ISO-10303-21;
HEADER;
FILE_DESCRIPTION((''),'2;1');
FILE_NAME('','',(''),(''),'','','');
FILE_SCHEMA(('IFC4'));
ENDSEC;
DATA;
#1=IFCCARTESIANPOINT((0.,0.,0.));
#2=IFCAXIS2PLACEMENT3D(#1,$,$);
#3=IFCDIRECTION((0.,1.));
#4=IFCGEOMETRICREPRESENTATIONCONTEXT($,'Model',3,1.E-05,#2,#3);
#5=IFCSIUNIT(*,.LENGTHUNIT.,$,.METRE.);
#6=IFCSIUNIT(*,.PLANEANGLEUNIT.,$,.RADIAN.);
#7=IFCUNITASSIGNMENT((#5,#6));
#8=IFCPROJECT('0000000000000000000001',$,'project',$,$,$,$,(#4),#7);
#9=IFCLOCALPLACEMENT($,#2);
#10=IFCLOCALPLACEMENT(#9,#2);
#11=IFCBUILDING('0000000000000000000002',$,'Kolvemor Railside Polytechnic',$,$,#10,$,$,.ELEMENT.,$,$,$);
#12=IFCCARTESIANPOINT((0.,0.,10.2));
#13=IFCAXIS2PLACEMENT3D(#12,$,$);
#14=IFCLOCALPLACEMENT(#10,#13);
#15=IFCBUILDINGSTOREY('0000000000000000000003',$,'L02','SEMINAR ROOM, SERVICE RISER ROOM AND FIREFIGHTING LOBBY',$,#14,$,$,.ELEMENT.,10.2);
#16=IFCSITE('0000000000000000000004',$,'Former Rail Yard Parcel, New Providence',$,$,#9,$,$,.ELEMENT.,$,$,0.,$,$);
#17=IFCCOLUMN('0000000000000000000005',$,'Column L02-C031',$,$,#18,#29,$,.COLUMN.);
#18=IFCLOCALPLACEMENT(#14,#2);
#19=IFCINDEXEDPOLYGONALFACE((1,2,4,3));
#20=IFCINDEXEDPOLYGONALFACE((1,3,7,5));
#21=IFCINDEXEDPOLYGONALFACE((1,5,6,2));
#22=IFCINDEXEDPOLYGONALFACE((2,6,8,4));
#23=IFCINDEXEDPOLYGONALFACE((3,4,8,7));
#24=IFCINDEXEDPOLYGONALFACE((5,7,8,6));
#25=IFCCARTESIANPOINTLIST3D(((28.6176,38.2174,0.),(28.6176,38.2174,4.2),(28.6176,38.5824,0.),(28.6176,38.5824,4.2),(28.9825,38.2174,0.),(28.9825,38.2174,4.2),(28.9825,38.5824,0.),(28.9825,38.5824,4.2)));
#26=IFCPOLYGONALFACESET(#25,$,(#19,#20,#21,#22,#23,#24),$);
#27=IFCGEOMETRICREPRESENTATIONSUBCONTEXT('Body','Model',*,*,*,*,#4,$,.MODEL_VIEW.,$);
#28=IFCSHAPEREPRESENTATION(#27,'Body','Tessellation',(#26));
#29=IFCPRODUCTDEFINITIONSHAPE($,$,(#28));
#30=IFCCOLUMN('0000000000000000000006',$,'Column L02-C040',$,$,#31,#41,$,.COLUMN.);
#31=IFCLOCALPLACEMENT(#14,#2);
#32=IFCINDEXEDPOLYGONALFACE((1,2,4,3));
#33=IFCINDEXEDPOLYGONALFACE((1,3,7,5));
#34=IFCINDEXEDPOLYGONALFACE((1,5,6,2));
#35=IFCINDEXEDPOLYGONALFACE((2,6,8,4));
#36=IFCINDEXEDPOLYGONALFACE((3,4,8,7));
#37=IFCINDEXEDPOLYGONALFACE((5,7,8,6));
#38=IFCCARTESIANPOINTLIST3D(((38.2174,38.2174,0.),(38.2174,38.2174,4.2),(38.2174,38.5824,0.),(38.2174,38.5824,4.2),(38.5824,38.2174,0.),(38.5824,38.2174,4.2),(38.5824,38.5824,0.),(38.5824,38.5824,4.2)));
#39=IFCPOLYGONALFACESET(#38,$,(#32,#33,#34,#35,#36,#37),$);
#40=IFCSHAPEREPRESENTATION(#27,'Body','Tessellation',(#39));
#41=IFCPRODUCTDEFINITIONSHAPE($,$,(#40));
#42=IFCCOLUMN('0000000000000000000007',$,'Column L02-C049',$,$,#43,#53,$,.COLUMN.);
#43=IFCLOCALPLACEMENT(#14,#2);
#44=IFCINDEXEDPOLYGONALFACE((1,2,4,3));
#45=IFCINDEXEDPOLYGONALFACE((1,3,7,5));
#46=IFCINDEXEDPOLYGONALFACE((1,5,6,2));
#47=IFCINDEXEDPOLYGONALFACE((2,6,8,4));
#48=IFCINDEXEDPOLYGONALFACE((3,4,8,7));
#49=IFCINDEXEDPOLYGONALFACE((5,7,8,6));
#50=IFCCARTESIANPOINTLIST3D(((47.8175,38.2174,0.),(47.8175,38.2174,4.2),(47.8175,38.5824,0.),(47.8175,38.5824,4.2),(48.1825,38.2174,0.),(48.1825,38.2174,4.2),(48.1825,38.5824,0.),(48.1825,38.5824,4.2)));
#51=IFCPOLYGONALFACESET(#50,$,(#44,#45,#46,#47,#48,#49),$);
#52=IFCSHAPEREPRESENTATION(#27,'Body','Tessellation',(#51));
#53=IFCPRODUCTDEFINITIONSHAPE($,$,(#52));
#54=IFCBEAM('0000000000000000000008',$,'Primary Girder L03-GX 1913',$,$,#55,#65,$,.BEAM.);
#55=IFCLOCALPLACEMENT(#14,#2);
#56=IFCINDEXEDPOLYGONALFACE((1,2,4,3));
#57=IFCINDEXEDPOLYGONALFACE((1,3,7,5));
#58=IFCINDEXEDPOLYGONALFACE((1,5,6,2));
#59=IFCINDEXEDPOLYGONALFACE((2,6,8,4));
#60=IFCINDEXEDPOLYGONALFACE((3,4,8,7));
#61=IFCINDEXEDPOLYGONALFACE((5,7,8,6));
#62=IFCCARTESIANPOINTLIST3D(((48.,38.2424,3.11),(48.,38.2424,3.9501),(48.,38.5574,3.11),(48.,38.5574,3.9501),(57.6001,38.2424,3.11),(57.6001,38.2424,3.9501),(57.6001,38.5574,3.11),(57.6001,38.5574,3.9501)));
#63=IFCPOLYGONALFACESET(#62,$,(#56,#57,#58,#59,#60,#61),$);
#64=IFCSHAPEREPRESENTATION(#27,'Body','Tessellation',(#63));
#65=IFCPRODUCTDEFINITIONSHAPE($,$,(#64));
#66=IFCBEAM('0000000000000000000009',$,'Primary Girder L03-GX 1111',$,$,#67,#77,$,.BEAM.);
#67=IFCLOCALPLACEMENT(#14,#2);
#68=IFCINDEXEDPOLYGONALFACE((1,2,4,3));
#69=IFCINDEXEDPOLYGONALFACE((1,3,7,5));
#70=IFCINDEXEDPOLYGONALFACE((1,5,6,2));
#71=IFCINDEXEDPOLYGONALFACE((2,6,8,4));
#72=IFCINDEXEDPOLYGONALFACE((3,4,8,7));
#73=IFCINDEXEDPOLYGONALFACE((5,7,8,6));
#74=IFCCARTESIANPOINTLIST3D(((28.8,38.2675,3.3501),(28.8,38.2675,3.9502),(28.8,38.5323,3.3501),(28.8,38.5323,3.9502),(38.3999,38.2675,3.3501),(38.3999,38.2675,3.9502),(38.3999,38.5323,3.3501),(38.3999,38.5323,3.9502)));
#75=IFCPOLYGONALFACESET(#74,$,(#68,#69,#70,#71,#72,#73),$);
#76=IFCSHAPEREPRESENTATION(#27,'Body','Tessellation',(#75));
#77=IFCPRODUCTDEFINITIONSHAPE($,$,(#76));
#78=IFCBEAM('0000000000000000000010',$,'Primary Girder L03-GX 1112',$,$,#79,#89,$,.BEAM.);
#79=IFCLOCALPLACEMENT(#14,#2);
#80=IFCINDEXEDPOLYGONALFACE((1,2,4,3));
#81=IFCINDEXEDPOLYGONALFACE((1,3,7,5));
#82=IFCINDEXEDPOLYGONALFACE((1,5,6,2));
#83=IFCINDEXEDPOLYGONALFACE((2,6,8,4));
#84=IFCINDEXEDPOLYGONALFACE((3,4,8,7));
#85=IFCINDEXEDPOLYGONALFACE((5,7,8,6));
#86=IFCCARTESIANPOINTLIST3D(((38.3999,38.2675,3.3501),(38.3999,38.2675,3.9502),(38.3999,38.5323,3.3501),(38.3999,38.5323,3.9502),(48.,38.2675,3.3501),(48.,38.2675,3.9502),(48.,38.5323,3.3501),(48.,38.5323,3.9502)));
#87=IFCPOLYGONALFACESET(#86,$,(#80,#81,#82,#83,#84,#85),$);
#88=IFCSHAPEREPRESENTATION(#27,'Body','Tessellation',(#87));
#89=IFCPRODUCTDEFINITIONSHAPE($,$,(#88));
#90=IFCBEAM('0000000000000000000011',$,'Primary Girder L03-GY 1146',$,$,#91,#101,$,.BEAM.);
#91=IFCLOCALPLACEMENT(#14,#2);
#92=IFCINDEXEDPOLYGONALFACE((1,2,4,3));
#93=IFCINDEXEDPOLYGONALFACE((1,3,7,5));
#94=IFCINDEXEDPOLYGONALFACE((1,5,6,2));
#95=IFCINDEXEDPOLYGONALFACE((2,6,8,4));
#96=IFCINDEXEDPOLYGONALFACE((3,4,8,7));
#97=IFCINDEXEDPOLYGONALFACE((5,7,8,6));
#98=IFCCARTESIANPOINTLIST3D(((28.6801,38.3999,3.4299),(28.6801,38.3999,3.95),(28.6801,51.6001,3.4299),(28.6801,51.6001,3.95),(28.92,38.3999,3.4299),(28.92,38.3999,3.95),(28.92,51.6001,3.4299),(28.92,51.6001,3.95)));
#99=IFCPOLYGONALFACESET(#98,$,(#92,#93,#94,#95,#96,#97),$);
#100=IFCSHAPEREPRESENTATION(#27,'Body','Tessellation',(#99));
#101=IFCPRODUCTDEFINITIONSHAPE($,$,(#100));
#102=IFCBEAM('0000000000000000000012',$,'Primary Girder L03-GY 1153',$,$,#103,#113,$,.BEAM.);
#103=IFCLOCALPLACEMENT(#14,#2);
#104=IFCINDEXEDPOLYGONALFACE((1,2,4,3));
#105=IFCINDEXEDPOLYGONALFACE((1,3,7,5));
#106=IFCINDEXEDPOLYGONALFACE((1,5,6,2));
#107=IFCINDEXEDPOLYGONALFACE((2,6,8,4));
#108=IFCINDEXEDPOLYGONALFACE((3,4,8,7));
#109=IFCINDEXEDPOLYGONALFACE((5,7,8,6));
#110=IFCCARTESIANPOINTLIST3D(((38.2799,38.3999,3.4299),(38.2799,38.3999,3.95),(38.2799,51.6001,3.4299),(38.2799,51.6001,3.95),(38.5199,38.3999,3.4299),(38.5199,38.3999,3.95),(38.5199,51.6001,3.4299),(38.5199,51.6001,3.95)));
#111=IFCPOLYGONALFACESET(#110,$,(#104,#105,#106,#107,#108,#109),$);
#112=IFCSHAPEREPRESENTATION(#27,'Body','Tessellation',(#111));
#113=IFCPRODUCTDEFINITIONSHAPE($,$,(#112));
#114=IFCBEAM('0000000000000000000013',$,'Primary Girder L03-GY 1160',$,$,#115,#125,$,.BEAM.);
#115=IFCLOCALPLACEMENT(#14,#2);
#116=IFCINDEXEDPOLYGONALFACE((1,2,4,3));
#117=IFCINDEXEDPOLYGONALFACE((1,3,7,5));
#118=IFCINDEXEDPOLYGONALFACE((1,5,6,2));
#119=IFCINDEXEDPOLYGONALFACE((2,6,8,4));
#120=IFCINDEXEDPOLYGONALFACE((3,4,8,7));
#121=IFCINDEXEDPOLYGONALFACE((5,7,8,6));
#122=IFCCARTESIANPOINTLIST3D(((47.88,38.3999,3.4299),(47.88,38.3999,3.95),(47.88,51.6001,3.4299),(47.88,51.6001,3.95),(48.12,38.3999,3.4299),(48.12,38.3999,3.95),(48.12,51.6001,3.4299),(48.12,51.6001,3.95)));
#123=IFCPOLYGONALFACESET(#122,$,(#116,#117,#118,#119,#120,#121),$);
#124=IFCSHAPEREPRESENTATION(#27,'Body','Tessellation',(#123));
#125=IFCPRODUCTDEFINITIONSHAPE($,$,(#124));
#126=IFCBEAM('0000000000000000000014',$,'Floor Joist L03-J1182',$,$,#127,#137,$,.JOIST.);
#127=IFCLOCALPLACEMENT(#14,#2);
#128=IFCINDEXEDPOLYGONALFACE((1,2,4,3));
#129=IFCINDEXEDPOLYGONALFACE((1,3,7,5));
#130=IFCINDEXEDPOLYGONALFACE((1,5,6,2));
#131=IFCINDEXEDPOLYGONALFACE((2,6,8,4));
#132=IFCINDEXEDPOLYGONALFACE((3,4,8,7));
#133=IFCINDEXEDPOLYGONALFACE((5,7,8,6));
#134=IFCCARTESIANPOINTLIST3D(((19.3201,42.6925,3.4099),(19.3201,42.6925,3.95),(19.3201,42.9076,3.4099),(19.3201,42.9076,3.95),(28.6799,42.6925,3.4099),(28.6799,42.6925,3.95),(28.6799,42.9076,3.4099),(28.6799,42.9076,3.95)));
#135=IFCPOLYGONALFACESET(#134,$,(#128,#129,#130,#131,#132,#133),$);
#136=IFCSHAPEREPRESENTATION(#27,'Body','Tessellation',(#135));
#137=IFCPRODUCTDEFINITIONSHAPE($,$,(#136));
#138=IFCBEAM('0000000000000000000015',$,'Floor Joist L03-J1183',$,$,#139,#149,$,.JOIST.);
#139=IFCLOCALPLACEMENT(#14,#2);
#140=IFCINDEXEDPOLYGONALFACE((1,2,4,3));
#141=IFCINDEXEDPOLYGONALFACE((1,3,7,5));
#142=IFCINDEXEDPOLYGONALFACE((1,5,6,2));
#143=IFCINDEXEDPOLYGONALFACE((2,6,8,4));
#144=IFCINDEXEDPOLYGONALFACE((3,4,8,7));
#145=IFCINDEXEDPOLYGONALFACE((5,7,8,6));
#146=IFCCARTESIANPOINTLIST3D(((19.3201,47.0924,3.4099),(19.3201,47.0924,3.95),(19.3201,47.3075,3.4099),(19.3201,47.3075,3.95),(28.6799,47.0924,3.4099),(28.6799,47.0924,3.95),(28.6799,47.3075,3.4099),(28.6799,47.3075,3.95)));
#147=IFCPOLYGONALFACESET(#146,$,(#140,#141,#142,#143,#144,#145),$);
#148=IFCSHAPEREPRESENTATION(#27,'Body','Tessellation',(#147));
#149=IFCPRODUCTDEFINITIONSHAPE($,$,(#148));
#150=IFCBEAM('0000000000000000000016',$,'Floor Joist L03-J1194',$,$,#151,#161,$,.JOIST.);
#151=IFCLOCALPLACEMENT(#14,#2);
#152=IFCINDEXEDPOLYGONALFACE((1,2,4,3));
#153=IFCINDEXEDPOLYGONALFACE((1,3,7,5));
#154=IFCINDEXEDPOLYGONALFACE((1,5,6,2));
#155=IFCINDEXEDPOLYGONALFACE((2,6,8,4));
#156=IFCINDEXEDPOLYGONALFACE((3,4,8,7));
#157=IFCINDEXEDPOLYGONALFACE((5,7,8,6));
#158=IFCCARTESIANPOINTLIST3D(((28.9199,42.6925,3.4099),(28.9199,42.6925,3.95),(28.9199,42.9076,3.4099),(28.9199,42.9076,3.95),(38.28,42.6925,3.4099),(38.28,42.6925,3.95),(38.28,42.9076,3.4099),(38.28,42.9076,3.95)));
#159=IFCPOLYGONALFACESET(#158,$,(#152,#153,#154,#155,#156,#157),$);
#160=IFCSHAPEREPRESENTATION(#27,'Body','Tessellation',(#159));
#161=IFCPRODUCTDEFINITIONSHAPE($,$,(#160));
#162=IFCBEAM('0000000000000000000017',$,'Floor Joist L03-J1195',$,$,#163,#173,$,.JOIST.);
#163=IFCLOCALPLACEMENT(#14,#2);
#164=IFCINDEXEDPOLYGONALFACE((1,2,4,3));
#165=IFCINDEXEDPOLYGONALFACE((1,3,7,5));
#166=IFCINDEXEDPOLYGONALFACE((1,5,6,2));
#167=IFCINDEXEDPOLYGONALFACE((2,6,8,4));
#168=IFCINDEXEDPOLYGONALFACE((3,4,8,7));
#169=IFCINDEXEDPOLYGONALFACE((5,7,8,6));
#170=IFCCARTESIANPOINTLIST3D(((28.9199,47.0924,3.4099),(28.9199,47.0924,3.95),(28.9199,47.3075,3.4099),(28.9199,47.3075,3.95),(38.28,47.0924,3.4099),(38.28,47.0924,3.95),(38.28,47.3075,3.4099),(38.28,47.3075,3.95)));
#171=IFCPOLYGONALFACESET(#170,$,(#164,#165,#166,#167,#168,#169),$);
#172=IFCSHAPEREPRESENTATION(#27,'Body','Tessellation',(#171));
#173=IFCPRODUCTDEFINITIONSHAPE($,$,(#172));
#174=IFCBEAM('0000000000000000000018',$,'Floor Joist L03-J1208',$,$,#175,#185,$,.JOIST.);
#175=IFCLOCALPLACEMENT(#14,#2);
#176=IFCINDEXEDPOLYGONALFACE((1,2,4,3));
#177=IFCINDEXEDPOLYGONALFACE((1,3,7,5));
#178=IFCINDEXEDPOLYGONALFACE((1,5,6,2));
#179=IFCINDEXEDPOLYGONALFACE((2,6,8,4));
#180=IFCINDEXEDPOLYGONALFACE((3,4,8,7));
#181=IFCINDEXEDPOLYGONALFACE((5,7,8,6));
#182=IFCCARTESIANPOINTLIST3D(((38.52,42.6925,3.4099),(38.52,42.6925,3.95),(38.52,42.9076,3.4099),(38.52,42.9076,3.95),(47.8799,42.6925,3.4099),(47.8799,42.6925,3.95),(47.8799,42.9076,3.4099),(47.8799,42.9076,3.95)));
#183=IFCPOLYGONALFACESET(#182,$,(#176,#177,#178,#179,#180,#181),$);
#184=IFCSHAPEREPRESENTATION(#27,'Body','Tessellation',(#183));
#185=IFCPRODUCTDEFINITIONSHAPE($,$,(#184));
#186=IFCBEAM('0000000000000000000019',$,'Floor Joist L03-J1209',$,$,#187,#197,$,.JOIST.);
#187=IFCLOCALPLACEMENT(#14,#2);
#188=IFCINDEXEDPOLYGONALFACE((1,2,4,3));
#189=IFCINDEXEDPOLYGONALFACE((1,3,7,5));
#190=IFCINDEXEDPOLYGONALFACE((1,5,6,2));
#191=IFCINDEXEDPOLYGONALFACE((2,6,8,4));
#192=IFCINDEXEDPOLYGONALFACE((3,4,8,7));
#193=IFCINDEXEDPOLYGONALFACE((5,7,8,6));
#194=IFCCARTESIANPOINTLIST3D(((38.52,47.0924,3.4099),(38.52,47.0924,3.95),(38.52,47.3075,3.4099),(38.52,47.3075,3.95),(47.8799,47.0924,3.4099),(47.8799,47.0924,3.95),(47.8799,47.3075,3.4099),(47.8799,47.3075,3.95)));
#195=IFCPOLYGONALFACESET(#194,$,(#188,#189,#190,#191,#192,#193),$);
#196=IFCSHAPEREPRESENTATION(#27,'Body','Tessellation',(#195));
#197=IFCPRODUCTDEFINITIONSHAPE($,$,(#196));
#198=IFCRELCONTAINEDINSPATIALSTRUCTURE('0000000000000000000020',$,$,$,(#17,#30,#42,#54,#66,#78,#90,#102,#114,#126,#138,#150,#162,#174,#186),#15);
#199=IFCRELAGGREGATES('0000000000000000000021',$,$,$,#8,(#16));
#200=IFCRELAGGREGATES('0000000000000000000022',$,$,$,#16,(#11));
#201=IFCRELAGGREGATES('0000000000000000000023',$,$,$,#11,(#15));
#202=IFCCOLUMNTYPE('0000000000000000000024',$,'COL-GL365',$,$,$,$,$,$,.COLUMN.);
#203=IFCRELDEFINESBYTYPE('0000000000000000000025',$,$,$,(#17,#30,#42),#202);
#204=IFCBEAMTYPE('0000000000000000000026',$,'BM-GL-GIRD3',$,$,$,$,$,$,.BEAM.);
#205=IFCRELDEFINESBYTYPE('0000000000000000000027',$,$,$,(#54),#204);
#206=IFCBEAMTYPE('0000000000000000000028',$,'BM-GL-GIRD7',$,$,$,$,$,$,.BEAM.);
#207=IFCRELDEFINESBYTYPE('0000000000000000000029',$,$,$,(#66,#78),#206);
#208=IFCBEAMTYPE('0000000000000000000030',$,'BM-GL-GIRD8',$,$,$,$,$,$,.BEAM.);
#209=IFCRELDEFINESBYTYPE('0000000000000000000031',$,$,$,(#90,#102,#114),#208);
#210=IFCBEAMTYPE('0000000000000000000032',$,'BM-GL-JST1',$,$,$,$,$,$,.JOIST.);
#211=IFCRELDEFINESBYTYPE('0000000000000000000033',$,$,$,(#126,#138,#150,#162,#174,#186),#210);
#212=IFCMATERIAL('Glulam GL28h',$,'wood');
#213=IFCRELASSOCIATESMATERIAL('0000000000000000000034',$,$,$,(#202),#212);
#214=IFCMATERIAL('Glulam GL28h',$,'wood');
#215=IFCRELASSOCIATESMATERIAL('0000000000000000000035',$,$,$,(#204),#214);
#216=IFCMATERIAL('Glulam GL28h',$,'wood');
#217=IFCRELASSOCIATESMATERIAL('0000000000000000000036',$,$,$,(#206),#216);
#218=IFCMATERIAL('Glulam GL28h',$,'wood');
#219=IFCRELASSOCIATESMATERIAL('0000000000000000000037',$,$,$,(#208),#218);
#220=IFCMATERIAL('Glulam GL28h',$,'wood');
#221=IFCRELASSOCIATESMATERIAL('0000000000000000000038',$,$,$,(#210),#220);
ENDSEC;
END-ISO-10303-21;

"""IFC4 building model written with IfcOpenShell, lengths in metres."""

from ifc_helpers import new_model, si_unit, direction, frame, origin, origin_2d, place, context, subcontext, project, spatial, rectangle, extrude, material, material_profile, profile_set, type_object, element, save


model = new_model("IFC4")

# Units and contexts
model_context = context("Model", 3, precision=1e-05, world=origin(), true_north=direction((0.0, 1.0)))
body_context = subcontext(model_context, "Body", "Model", "MODEL_VIEW")
ifc_project = project(units=[si_unit("LENGTHUNIT", "METRE"), si_unit("PLANEANGLEUNIT", "RADIAN")], contexts=[model_context])

# Site, building, storey
site_placement = place(None, origin())
site = spatial("IfcSite", under=ifc_project, at=site_placement, Name="Former Rail Yard Parcel, New Providence", CompositionType="ELEMENT", RefElevation=0.0)
building_placement = place(site_placement, origin())
building = spatial("IfcBuilding", under=site, at=building_placement, Name="Kolvemor Railside Polytechnic", CompositionType="ELEMENT")
storey_placement = place(building_placement, frame((0.0, 0.0, 10.2)))
storey = spatial("IfcBuildingStorey", under=building, at=storey_placement, Name="L02", Description="SEMINAR ROOM, SERVICE RISER ROOM AND FIREFIGHTING LOBBY", CompositionType="ELEMENT", Elevation=10.2)

# Columns
ifc_material_1 = material(Name="Glulam GL28h", Category="wood")
ifc_material_profile_1 = material_profile(ifc_material_1, rectangle(XDim=0.365, YDim=0.365, at=origin_2d()), Name="GL365x365")
ifc_profile_set_1 = profile_set([ifc_material_profile_1], Name="Glulam GL28h")
column_type = type_object("IfcColumnType", Name="COL-GL365", PredefinedType="COLUMN", material=ifc_profile_set_1)
for number, where, z_axis, x_axis, name in (
    (1, (28.8, 38.3999, 0.0), (0.0, 0.0, 1.0), (1.0, 0.0, 0.0), "Column L02-C031"),
    (2, (38.3999, 38.3999, 0.0), (0.0, 0.0, 1.0), (1.0, 0.0, 0.0), "Column L02-C040"),
    (3, (48.0, 38.3999, 0.0), (0.0, 0.0, 1.0), (1.0, 0.0, 0.0), "Column L02-C049"),
):
    element("IfcColumn", number, at=place(storey_placement, frame(where, z_axis=z_axis, x_axis=x_axis)), inside=storey, type_object=column_type, Name=name, PredefinedType="COLUMN", context=body_context, shape_type="SweptSolid", body=[
        extrude(rectangle(XDim=0.365, YDim=0.365, at=origin_2d()), origin(), (0.0, 0.0, 1.0), 4.2),
    ])

# Beams
ifc_material_2 = material(Name="Glulam GL28h", Category="wood")
ifc_material_profile_2 = material_profile(ifc_material_2, rectangle(XDim=0.3149, YDim=0.8401, at=origin_2d()), Name="GL315x840")
ifc_profile_set_2 = profile_set([ifc_material_profile_2], Name="Glulam GL28h")
beam_type_1 = type_object("IfcBeamType", Name="BM-GL-GIRD3", PredefinedType="BEAM", material=ifc_profile_set_2)
beam_1_placement = place(storey_placement, frame((48.0, 38.3999, 3.53), z_axis=(1.0, 0.0, 0.0), x_axis=(0.0, 1.0, 0.0)))
element("IfcBeam", 4, at=beam_1_placement, inside=storey, type_object=beam_type_1, Name="Primary Girder L03-GX 1913", PredefinedType="BEAM", context=body_context, shape_type="SweptSolid", body=[
    extrude(rectangle(XDim=0.3149, YDim=0.8401, at=origin_2d()), origin(), (0.0, 0.0, 1.0), 9.6001),
])
ifc_material_3 = material(Name="Glulam GL28h", Category="wood")
ifc_material_profile_3 = material_profile(ifc_material_3, rectangle(XDim=0.2649, YDim=0.6001, at=origin_2d()), Name="GL265x600")
ifc_profile_set_3 = profile_set([ifc_material_profile_3], Name="Glulam GL28h")
beam_type_2 = type_object("IfcBeamType", Name="BM-GL-GIRD7", PredefinedType="BEAM", material=ifc_profile_set_3)
beam_2_placement = place(storey_placement, frame((28.8, 38.3999, 3.6501), z_axis=(1.0, 0.0, 0.0), x_axis=(0.0, 1.0, 0.0)))
element("IfcBeam", 5, at=beam_2_placement, inside=storey, type_object=beam_type_2, Name="Primary Girder L03-GX 1111", PredefinedType="BEAM", context=body_context, shape_type="SweptSolid", body=[
    extrude(rectangle(XDim=0.2649, YDim=0.6001, at=origin_2d()), origin(), (0.0, 0.0, 1.0), 9.5999),
])
beam_3_placement = place(storey_placement, frame((38.3999, 38.3999, 3.6501), z_axis=(1.0, 0.0, 0.0), x_axis=(0.0, 1.0, 0.0)))
element("IfcBeam", 6, at=beam_3_placement, inside=storey, type_object=beam_type_2, Name="Primary Girder L03-GX 1112", PredefinedType="BEAM", context=body_context, shape_type="SweptSolid", body=[
    extrude(rectangle(XDim=0.2649, YDim=0.6001, at=origin_2d()), origin(), (0.0, 0.0, 1.0), 9.6001),
])
ifc_material_4 = material(Name="Glulam GL28h", Category="wood")
ifc_material_profile_4 = material_profile(ifc_material_4, rectangle(XDim=0.24, YDim=0.52, at=origin_2d()), Name="GL240x520")
ifc_profile_set_4 = profile_set([ifc_material_profile_4], Name="Glulam GL28h")
beam_type_3 = type_object("IfcBeamType", Name="BM-GL-GIRD8", PredefinedType="BEAM", material=ifc_profile_set_4)
for number, where, z_axis, x_axis, name in (
    (7, (28.8, 38.3999, 3.6899), (0.0, 1.0, 0.0), (-1.0, 0.0, 0.0), "Primary Girder L03-GY 1146"),
    (8, (38.3999, 38.3999, 3.6899), (0.0, 1.0, 0.0), (-1.0, 0.0, 0.0), "Primary Girder L03-GY 1153"),
    (9, (48.0, 38.3999, 3.6899), (0.0, 1.0, 0.0), (-1.0, 0.0, 0.0), "Primary Girder L03-GY 1160"),
):
    element("IfcBeam", number, at=place(storey_placement, frame(where, z_axis=z_axis, x_axis=x_axis)), inside=storey, type_object=beam_type_3, Name=name, PredefinedType="BEAM", context=body_context, shape_type="SweptSolid", body=[
        extrude(rectangle(XDim=0.24, YDim=0.52, at=origin_2d()), origin(), (0.0, 0.0, 1.0), 13.2002),
    ])
ifc_material_5 = material(Name="Glulam GL28h", Category="wood")
ifc_material_profile_5 = material_profile(ifc_material_5, rectangle(XDim=0.2151, YDim=0.54, at=origin_2d()), Name="GL215x540")
ifc_profile_set_5 = profile_set([ifc_material_profile_5], Name="Glulam GL28h")
beam_type_4 = type_object("IfcBeamType", Name="BM-GL-JST1", PredefinedType="JOIST", material=ifc_profile_set_5)
for number, where, z_axis, x_axis, name in (
    (10, (19.3201, 42.8, 3.6799), (1.0, 0.0, 0.0), (0.0, 1.0, 0.0), "Floor Joist L03-J1182"),
    (11, (19.3201, 47.2, 3.6799), (1.0, 0.0, 0.0), (0.0, 1.0, 0.0), "Floor Joist L03-J1183"),
):
    element("IfcBeam", number, at=place(storey_placement, frame(where, z_axis=z_axis, x_axis=x_axis)), inside=storey, type_object=beam_type_4, Name=name, PredefinedType="JOIST", context=body_context, shape_type="SweptSolid", body=[
        extrude(rectangle(XDim=0.2151, YDim=0.54, at=origin_2d()), origin(), (0.0, 0.0, 1.0), 9.3599),
    ])
for number, where, z_axis, x_axis, name in (
    (12, (28.9199, 42.8, 3.6799), (1.0, 0.0, 0.0), (0.0, 1.0, 0.0), "Floor Joist L03-J1194"),
    (13, (28.9199, 47.2, 3.6799), (1.0, 0.0, 0.0), (0.0, 1.0, 0.0), "Floor Joist L03-J1195"),
):
    element("IfcBeam", number, at=place(storey_placement, frame(where, z_axis=z_axis, x_axis=x_axis)), inside=storey, type_object=beam_type_4, Name=name, PredefinedType="JOIST", context=body_context, shape_type="SweptSolid", body=[
        extrude(rectangle(XDim=0.2151, YDim=0.54, at=origin_2d()), origin(), (0.0, 0.0, 1.0), 9.3601),
    ])
for number, where, z_axis, x_axis, name in (
    (14, (38.52, 42.8, 3.6799), (1.0, 0.0, 0.0), (0.0, 1.0, 0.0), "Floor Joist L03-J1208"),
    (15, (38.52, 47.2, 3.6799), (1.0, 0.0, 0.0), (0.0, 1.0, 0.0), "Floor Joist L03-J1209"),
):
    element("IfcBeam", number, at=place(storey_placement, frame(where, z_axis=z_axis, x_axis=x_axis)), inside=storey, type_object=beam_type_4, Name=name, PredefinedType="JOIST", context=body_context, shape_type="SweptSolid", body=[
        extrude(rectangle(XDim=0.2151, YDim=0.54, at=origin_2d()), origin(), (0.0, 0.0, 1.0), 9.3599),
    ])

save(model, "model.ifc")
